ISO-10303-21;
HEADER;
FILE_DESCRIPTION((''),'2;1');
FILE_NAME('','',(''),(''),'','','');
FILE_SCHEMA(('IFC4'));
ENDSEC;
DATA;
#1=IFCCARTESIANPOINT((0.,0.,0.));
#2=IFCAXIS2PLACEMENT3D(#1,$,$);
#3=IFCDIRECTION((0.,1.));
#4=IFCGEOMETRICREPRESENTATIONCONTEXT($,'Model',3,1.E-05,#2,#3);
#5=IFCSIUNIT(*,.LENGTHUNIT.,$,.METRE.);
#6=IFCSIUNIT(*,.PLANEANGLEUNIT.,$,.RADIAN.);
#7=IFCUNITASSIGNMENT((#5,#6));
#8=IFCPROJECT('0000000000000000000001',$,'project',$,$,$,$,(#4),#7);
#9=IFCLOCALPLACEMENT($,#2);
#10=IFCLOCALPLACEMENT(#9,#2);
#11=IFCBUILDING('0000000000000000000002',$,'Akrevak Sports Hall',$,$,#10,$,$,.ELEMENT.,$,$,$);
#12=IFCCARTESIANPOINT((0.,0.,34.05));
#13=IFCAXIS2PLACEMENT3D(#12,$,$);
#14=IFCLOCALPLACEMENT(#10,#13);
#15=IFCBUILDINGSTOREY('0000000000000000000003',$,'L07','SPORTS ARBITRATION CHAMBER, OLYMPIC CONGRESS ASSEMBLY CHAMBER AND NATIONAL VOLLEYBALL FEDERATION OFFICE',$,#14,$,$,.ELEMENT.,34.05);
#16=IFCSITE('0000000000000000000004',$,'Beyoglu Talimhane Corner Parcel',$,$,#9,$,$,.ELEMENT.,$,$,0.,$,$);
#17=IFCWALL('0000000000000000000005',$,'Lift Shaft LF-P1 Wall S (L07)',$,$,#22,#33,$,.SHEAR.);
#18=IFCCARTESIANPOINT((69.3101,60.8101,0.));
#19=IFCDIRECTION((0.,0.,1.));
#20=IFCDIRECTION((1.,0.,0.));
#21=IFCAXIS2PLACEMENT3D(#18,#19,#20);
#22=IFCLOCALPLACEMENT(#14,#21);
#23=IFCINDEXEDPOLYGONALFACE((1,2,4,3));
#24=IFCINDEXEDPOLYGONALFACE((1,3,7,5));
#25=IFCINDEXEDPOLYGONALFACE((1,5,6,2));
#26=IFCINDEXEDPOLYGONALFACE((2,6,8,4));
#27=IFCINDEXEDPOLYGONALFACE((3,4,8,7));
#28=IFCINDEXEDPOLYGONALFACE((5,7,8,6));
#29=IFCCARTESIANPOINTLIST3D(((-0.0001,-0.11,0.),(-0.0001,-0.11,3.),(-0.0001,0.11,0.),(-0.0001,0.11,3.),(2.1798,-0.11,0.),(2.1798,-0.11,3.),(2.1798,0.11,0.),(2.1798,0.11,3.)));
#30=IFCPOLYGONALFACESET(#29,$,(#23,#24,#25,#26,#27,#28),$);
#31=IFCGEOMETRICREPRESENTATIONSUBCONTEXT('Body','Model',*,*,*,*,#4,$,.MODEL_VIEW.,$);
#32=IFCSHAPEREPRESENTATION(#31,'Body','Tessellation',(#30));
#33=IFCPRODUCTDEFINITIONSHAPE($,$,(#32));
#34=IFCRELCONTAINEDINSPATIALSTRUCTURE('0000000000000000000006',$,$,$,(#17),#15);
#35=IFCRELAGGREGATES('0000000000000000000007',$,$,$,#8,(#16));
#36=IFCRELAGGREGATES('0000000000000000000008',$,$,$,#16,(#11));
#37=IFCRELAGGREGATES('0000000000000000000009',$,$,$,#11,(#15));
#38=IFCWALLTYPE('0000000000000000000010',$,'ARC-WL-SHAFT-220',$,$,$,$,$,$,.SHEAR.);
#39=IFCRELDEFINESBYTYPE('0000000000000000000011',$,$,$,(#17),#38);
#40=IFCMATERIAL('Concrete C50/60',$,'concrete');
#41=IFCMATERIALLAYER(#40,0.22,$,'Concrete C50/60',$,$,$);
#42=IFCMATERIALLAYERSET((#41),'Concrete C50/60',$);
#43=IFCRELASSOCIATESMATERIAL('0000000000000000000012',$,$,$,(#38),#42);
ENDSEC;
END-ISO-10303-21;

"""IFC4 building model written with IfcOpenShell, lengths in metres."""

from ifc_helpers import new_model, si_unit, direction, frame, frame_2d, origin, place, context, subcontext, project, spatial, rectangle, extrude, material, layer, layer_set, type_object, element, save


model = new_model("IFC4")

# Units and contexts
model_context = context("Model", 3, precision=1e-05, world=origin(), true_north=direction((0.0, 1.0)))
body_context = subcontext(model_context, "Body", "Model", "MODEL_VIEW")
ifc_project = project(units=[si_unit("LENGTHUNIT", "METRE"), si_unit("PLANEANGLEUNIT", "RADIAN")], contexts=[model_context])

# Site, building, storey
site_placement = place(None, origin())
site = spatial("IfcSite", under=ifc_project, at=site_placement, Name="Beyoglu Talimhane Corner Parcel", CompositionType="ELEMENT", RefElevation=0.0)
building_placement = place(site_placement, origin())
building = spatial("IfcBuilding", under=site, at=building_placement, Name="Akrevak Sports Hall", CompositionType="ELEMENT")
storey_placement = place(building_placement, frame((0.0, 0.0, 34.05)))
storey = spatial("IfcBuildingStorey", under=building, at=storey_placement, Name="L07", Description="SPORTS ARBITRATION CHAMBER, OLYMPIC CONGRESS ASSEMBLY CHAMBER AND NATIONAL VOLLEYBALL FEDERATION OFFICE", CompositionType="ELEMENT", Elevation=34.05)

# Wall
ifc_material_1 = material(Name="Concrete C50/60", Category="concrete")
ifc_layer_1 = layer(ifc_material_1, 0.22, Name="Concrete C50/60")
ifc_layer_set_1 = layer_set([ifc_layer_1], Name="Concrete C50/60")
wall_type_1 = type_object("IfcWallType", Name="ARC-WL-SHAFT-220", PredefinedType="SHEAR", material=ifc_layer_set_1)
wall_1_placement = place(storey_placement, frame((69.3101, 60.8101, 0.0), z_axis=(0.0, 0.0, 1.0), x_axis=(1.0, 0.0, 0.0)))
element("IfcWall", 1, at=wall_1_placement, inside=storey, type_object=wall_type_1, Name="Lift Shaft LF-P1 Wall S (L07)", PredefinedType="SHEAR", context=body_context, shape_type="SweptSolid", body=[
    extrude(rectangle(XDim=2.1799, YDim=0.22, at=frame_2d((1.0898, 0.0))), origin(), (0.0, 0.0, 1.0), 3.0),
])

save(model, "model.ifc")
